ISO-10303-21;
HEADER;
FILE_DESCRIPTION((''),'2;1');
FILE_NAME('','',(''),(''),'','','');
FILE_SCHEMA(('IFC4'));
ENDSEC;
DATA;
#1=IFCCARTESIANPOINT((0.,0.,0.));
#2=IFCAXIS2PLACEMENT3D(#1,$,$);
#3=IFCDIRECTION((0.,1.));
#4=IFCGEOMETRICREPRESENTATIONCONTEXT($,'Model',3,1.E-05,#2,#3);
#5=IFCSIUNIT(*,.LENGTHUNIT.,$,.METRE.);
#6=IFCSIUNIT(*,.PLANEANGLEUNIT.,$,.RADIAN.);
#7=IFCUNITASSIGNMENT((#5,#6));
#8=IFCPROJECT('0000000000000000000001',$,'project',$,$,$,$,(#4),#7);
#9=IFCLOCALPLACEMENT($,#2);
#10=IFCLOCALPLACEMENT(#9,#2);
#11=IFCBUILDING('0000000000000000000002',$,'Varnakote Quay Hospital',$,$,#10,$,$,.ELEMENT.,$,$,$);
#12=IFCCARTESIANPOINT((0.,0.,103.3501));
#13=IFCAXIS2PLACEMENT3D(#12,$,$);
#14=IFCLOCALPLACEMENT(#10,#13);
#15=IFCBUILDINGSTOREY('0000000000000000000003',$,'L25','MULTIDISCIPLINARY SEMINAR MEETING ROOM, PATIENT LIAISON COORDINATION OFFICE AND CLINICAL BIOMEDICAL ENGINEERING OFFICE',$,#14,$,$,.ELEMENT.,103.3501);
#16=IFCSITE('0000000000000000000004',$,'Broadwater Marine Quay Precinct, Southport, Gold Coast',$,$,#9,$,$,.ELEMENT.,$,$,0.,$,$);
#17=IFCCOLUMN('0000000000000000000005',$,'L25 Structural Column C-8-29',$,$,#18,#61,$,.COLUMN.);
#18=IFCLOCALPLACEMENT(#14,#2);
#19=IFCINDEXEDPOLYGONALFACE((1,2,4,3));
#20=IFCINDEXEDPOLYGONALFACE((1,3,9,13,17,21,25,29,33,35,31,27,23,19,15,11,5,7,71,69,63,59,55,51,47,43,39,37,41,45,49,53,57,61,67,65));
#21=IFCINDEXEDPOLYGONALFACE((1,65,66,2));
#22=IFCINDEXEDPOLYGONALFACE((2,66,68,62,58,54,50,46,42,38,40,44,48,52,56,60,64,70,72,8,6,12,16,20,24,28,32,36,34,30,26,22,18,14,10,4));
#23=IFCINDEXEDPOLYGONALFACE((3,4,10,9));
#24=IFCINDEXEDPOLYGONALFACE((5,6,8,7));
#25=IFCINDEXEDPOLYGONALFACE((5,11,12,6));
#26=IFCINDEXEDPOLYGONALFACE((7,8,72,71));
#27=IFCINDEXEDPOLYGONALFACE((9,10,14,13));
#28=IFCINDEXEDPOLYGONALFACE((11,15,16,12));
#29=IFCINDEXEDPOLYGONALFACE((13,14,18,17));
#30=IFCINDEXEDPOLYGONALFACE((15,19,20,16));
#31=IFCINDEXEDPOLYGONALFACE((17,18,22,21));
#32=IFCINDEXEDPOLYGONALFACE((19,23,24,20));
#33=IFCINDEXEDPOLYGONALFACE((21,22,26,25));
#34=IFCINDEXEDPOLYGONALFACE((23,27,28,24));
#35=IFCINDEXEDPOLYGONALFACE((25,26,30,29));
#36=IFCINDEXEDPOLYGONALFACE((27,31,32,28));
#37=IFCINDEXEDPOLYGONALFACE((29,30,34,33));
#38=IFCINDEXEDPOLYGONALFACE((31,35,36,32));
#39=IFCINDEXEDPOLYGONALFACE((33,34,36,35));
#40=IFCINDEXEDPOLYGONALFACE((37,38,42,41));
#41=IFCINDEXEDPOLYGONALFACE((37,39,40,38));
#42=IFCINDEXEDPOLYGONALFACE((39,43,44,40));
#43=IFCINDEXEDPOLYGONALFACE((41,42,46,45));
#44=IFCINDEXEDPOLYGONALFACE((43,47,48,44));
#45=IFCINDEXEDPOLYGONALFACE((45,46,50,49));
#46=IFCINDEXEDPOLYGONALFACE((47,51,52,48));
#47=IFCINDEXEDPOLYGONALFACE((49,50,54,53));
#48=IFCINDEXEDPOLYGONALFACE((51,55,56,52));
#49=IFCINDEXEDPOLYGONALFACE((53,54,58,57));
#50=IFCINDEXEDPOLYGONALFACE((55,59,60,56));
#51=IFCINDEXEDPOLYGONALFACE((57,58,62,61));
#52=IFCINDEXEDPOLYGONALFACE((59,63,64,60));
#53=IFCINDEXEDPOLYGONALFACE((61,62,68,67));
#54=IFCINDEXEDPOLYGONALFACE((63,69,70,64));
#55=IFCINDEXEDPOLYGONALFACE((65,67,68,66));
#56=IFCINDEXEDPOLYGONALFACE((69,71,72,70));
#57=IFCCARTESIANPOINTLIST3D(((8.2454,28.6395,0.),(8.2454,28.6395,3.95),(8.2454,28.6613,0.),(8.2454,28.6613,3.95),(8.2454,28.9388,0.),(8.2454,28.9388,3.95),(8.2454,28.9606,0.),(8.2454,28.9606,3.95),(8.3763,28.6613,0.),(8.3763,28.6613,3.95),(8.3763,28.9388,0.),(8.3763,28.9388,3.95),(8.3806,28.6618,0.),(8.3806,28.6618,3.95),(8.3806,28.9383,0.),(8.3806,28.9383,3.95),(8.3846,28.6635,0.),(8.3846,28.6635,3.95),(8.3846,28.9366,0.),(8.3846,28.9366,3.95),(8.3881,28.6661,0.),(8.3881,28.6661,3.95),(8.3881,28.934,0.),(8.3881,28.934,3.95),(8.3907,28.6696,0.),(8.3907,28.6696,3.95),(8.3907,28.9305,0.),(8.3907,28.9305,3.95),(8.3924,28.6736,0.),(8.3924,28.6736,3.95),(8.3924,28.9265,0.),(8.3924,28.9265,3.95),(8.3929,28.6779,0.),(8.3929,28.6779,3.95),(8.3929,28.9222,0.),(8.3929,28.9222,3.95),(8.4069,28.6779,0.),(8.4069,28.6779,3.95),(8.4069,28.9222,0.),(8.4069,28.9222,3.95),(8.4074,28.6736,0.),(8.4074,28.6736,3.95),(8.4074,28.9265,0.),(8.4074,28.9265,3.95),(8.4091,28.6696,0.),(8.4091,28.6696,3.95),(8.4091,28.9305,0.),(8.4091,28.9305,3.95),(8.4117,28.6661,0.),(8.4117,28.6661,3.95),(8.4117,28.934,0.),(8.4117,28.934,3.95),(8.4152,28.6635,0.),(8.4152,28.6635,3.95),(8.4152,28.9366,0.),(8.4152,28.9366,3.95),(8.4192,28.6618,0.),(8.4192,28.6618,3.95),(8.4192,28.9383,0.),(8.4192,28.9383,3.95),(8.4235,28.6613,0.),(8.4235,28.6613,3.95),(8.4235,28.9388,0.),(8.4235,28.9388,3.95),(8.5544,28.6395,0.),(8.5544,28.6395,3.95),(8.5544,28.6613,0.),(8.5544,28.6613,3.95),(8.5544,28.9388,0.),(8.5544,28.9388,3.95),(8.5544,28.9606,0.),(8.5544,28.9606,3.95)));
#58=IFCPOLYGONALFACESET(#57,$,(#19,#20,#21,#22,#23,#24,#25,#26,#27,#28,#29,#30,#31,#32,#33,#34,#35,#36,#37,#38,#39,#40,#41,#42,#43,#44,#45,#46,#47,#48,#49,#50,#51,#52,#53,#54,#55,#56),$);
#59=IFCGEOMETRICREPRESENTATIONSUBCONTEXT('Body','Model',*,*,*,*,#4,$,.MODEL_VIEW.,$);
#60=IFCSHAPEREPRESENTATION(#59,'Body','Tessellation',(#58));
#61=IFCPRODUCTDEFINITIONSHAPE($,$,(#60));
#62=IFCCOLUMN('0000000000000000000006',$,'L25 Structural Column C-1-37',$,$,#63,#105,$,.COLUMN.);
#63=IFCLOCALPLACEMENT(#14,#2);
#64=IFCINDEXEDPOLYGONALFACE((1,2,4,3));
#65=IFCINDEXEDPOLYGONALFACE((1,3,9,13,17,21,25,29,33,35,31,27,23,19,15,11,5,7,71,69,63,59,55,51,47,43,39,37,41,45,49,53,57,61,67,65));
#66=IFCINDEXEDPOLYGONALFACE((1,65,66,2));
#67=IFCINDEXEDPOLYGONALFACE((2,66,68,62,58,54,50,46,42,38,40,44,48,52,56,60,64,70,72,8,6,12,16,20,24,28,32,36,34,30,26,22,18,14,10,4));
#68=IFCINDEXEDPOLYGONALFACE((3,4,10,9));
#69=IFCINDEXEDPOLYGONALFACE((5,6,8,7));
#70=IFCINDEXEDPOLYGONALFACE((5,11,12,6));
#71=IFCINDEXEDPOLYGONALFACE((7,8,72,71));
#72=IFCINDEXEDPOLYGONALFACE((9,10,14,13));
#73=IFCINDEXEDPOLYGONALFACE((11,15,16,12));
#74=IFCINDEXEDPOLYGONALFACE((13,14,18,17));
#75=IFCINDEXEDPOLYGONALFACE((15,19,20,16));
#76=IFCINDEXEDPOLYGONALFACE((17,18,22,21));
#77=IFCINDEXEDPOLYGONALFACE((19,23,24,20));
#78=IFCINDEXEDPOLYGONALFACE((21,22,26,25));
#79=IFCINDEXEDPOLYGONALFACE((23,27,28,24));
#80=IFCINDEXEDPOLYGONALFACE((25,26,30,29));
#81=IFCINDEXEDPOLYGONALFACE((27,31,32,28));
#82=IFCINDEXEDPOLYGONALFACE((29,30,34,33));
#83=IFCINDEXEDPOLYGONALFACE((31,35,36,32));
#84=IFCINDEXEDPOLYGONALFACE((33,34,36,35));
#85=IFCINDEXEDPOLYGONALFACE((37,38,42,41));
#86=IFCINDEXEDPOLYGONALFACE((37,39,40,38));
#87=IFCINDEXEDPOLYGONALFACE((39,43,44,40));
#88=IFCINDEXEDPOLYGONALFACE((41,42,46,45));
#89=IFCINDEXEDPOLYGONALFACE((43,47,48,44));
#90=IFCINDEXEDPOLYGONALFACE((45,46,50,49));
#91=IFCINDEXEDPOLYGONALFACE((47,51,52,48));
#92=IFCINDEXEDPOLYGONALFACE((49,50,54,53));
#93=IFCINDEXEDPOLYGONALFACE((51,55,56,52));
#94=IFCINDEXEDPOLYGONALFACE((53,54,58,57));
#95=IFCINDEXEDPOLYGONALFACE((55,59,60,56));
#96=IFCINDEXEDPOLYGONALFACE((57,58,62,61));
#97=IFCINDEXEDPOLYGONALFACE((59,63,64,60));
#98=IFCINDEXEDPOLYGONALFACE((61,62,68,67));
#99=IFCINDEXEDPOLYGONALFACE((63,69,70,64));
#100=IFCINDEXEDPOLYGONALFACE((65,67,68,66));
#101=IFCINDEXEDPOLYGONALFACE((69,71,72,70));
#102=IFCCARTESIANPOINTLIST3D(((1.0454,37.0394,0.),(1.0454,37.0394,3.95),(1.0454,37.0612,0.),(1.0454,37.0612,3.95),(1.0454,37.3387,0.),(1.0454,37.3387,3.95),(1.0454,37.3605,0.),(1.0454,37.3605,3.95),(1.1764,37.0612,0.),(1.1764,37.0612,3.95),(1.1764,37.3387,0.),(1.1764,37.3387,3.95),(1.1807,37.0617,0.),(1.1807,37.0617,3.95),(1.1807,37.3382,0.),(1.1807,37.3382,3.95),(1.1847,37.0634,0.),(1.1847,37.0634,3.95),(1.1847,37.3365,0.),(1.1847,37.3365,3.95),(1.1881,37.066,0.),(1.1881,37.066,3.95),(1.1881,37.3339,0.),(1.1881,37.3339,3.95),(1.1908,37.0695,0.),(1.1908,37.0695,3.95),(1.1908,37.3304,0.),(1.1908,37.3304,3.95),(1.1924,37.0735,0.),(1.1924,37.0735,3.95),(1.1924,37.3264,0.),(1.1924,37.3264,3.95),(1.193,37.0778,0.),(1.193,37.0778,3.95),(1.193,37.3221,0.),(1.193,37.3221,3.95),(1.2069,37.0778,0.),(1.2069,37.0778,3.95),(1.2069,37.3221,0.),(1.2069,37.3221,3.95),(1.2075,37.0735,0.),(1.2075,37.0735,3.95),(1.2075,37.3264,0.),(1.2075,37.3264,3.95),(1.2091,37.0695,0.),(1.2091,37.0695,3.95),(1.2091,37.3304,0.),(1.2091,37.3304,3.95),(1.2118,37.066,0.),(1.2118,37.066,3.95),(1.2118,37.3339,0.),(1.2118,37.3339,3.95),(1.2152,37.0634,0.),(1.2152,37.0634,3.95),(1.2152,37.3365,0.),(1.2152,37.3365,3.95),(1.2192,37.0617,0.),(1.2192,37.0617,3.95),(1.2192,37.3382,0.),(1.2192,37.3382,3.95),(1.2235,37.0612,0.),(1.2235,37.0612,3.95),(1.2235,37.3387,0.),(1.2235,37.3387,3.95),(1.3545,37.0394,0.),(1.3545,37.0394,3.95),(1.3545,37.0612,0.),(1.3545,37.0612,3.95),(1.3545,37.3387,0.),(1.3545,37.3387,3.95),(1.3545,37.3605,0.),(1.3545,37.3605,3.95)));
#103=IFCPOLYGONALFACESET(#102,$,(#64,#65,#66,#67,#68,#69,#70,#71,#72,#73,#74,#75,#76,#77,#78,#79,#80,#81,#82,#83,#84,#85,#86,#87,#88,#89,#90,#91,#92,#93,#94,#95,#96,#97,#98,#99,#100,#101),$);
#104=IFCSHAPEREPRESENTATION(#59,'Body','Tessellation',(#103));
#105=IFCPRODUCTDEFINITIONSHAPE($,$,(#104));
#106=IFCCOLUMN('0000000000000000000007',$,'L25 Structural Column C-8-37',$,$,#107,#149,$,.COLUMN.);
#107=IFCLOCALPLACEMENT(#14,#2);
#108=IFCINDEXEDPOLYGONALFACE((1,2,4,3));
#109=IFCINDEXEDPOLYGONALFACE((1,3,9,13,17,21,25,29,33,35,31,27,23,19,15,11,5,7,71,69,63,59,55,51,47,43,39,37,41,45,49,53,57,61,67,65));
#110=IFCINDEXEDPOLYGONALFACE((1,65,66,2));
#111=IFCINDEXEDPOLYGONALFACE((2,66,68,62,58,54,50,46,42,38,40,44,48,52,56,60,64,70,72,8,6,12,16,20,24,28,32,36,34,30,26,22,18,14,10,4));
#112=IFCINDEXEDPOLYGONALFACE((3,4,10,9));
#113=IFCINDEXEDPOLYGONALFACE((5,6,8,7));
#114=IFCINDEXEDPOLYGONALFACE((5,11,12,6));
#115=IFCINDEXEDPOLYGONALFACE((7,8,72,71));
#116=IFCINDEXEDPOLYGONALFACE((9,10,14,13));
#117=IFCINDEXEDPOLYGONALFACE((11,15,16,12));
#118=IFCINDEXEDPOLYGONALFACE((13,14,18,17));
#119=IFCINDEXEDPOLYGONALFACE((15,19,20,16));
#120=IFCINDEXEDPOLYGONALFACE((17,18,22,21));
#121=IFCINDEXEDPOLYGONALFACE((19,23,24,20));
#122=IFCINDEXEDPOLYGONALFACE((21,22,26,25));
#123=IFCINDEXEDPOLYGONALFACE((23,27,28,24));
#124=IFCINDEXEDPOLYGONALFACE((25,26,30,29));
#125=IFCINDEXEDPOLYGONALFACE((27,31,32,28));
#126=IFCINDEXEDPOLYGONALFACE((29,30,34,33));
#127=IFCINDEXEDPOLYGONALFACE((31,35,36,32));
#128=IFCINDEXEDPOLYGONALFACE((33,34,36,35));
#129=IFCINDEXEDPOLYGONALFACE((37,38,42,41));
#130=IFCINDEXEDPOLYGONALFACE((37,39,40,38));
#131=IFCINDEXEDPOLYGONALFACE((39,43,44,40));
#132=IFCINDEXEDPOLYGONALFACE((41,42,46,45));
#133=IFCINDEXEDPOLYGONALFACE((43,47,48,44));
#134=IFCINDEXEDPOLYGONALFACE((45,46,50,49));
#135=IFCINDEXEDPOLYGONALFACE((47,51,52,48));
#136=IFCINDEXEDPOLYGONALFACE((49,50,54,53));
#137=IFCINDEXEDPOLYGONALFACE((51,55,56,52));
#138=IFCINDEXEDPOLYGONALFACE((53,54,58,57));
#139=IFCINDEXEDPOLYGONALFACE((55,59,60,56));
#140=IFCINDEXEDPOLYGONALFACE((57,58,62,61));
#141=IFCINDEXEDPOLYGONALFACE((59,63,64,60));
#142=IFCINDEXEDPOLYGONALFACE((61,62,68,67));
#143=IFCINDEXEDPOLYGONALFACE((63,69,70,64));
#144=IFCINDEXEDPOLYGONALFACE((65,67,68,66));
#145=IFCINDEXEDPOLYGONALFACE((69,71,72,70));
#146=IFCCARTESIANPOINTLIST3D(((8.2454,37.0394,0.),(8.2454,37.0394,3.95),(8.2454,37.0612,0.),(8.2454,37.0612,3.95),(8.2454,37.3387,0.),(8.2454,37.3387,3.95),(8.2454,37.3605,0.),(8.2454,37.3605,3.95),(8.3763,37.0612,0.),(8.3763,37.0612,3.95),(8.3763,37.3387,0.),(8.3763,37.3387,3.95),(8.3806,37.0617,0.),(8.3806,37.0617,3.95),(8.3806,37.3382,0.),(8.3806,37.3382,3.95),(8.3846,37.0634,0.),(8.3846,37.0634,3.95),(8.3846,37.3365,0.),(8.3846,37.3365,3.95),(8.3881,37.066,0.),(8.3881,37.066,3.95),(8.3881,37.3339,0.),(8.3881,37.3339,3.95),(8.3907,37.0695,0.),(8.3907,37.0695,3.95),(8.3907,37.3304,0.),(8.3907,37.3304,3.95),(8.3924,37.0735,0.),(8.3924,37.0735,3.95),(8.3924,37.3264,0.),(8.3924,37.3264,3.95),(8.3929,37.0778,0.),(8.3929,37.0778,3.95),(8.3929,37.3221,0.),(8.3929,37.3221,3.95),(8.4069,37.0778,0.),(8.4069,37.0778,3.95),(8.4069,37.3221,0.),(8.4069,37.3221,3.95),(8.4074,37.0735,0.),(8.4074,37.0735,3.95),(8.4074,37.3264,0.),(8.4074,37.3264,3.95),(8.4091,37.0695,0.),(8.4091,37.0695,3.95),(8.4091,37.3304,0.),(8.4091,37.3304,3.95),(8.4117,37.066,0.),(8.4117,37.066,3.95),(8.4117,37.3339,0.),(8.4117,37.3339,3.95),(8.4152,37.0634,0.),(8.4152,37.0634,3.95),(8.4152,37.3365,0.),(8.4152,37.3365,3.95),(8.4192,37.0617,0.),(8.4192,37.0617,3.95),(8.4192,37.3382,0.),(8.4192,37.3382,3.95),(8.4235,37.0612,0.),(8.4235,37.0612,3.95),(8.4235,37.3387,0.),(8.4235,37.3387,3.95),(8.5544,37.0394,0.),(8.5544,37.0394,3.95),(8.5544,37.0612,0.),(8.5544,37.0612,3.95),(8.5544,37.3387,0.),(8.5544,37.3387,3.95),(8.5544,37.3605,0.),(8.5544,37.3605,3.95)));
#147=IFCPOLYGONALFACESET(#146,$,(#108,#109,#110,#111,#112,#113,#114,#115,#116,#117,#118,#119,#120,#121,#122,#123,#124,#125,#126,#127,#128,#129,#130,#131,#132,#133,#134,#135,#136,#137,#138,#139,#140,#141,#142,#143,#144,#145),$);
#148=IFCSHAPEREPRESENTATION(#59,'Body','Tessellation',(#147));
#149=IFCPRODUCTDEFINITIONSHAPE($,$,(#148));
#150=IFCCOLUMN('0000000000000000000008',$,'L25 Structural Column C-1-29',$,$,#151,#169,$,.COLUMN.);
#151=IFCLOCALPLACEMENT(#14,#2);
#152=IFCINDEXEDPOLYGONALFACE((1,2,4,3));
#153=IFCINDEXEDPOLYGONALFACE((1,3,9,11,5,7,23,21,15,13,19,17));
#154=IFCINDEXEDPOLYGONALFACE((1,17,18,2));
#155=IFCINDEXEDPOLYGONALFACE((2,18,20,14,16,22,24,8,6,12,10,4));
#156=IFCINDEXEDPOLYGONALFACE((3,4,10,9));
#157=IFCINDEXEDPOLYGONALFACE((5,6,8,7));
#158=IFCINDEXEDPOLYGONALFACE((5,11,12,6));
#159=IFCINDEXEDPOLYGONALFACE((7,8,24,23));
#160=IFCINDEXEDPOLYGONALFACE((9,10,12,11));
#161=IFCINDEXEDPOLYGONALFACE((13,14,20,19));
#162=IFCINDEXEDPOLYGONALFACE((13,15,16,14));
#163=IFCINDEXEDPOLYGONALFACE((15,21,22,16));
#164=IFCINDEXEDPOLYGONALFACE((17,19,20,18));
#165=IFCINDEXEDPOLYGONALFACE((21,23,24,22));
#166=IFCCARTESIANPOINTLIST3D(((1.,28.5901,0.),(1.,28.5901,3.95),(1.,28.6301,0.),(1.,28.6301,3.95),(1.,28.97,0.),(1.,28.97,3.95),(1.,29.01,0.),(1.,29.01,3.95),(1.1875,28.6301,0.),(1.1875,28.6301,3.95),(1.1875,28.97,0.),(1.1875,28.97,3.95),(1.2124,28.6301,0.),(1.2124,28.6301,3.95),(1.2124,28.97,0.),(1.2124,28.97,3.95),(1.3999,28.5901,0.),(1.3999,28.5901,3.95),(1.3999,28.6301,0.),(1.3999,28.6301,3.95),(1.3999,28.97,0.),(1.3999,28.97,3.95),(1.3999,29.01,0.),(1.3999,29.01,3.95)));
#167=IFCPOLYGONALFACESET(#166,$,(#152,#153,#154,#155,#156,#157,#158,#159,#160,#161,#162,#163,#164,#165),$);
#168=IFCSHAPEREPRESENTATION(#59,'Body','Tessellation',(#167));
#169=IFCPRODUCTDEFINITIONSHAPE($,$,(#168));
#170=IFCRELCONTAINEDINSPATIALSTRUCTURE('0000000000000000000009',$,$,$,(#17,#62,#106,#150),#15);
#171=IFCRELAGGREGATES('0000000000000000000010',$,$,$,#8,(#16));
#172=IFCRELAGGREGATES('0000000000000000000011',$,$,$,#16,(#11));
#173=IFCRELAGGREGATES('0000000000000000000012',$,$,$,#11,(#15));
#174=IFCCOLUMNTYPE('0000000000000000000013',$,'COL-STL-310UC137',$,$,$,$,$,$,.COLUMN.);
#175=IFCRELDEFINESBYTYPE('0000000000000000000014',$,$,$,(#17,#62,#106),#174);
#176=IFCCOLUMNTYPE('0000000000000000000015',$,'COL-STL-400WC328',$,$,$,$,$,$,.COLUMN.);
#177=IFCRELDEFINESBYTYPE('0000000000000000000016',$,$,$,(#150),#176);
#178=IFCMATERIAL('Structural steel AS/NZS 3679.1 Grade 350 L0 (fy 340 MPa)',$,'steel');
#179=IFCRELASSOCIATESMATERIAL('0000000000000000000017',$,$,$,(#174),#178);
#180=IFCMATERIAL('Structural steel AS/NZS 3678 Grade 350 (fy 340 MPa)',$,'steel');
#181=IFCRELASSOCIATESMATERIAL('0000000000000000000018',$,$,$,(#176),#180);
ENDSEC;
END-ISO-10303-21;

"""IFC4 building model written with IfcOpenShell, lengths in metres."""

from ifc_helpers import new_model, si_unit, direction, frame, origin, origin_2d, place, context, subcontext, project, spatial, i_section, extrude, material, material_profile, profile_set, type_object, element, save


model = new_model("IFC4")

# Units and contexts
model_context = context("Model", 3, precision=1e-05, world=origin(), true_north=direction((0.0, 1.0)))
body_context = subcontext(model_context, "Body", "Model", "MODEL_VIEW")
ifc_project = project(units=[si_unit("LENGTHUNIT", "METRE"), si_unit("PLANEANGLEUNIT", "RADIAN")], contexts=[model_context])

# Site, building, storey
site_placement = place(None, origin())
site = spatial("IfcSite", under=ifc_project, at=site_placement, Name="Broadwater Marine Quay Precinct, Southport, Gold Coast", CompositionType="ELEMENT", RefElevation=0.0)
building_placement = place(site_placement, origin())
building = spatial("IfcBuilding", under=site, at=building_placement, Name="Varnakote Quay Hospital", CompositionType="ELEMENT")
storey_placement = place(building_placement, frame((0.0, 0.0, 103.3501)))
storey = spatial("IfcBuildingStorey", under=building, at=storey_placement, Name="L25", Description="MULTIDISCIPLINARY SEMINAR MEETING ROOM, PATIENT LIAISON COORDINATION OFFICE AND CLINICAL BIOMEDICAL ENGINEERING OFFICE", CompositionType="ELEMENT", Elevation=103.3501)

# Columns
ifc_material_1 = material(Name="Structural steel AS/NZS 3679.1 Grade 350 L0 (fy 340 MPa)", Category="steel")
ifc_material_profile_1 = material_profile(ifc_material_1, i_section(OverallWidth=0.3091, OverallDepth=0.321, WebThickness=0.0139, FlangeThickness=0.0217, FilletRadius=0.0166, at=origin_2d()), Name="310UC137")
ifc_profile_set_1 = profile_set([ifc_material_profile_1], Name="Structural steel AS/NZS 3679.1 Grade 350 L0 (fy 340 MPa)")
column_type_1 = type_object("IfcColumnType", Name="COL-STL-310UC137", PredefinedType="COLUMN", material=ifc_profile_set_1)
for number, where, z_axis, x_axis, name in (
    (1, (8.3999, 28.8, 0.0), (0.0, 0.0, 1.0), (1.0, 0.0, 0.0), "L25 Structural Column C-8-29"),
    (2, (1.2, 37.2, 0.0), (0.0, 0.0, 1.0), (1.0, 0.0, 0.0), "L25 Structural Column C-1-37"),
    (3, (8.3999, 37.2, 0.0), (0.0, 0.0, 1.0), (1.0, 0.0, 0.0), "L25 Structural Column C-8-37"),
):
    element("IfcColumn", number, at=place(storey_placement, frame(where, z_axis=z_axis, x_axis=x_axis)), inside=storey, type_object=column_type_1, Name=name, PredefinedType="COLUMN", context=body_context, shape_type="SweptSolid", body=[
        extrude(i_section(OverallWidth=0.3091, OverallDepth=0.321, WebThickness=0.0139, FlangeThickness=0.0217, FilletRadius=0.0166, at=origin_2d()), origin(), (0.0, 0.0, 1.0), 3.95),
    ])
ifc_material_2 = material(Name="Structural steel AS/NZS 3678 Grade 350 (fy 340 MPa)", Category="steel")
ifc_material_profile_2 = material_profile(ifc_material_2, i_section(OverallWidth=0.3999, OverallDepth=0.4199, WebThickness=0.0249, FlangeThickness=0.04, at=origin_2d()), Name="400WC328")
ifc_profile_set_2 = profile_set([ifc_material_profile_2], Name="Structural steel AS/NZS 3678 Grade 350 (fy 340 MPa)")
column_type_2 = type_object("IfcColumnType", Name="COL-STL-400WC328", PredefinedType="COLUMN", material=ifc_profile_set_2)
column_placement = place(storey_placement, frame((1.2, 28.8, 0.0), z_axis=(0.0, 0.0, 1.0), x_axis=(1.0, 0.0, 0.0)))
element("IfcColumn", 4, at=column_placement, inside=storey, type_object=column_type_2, Name="L25 Structural Column C-1-29", PredefinedType="COLUMN", context=body_context, shape_type="SweptSolid", body=[
    extrude(i_section(OverallWidth=0.3999, OverallDepth=0.4199, WebThickness=0.0249, FlangeThickness=0.04, at=origin_2d()), origin(), (0.0, 0.0, 1.0), 3.95),
])

save(model, "model.ifc")
